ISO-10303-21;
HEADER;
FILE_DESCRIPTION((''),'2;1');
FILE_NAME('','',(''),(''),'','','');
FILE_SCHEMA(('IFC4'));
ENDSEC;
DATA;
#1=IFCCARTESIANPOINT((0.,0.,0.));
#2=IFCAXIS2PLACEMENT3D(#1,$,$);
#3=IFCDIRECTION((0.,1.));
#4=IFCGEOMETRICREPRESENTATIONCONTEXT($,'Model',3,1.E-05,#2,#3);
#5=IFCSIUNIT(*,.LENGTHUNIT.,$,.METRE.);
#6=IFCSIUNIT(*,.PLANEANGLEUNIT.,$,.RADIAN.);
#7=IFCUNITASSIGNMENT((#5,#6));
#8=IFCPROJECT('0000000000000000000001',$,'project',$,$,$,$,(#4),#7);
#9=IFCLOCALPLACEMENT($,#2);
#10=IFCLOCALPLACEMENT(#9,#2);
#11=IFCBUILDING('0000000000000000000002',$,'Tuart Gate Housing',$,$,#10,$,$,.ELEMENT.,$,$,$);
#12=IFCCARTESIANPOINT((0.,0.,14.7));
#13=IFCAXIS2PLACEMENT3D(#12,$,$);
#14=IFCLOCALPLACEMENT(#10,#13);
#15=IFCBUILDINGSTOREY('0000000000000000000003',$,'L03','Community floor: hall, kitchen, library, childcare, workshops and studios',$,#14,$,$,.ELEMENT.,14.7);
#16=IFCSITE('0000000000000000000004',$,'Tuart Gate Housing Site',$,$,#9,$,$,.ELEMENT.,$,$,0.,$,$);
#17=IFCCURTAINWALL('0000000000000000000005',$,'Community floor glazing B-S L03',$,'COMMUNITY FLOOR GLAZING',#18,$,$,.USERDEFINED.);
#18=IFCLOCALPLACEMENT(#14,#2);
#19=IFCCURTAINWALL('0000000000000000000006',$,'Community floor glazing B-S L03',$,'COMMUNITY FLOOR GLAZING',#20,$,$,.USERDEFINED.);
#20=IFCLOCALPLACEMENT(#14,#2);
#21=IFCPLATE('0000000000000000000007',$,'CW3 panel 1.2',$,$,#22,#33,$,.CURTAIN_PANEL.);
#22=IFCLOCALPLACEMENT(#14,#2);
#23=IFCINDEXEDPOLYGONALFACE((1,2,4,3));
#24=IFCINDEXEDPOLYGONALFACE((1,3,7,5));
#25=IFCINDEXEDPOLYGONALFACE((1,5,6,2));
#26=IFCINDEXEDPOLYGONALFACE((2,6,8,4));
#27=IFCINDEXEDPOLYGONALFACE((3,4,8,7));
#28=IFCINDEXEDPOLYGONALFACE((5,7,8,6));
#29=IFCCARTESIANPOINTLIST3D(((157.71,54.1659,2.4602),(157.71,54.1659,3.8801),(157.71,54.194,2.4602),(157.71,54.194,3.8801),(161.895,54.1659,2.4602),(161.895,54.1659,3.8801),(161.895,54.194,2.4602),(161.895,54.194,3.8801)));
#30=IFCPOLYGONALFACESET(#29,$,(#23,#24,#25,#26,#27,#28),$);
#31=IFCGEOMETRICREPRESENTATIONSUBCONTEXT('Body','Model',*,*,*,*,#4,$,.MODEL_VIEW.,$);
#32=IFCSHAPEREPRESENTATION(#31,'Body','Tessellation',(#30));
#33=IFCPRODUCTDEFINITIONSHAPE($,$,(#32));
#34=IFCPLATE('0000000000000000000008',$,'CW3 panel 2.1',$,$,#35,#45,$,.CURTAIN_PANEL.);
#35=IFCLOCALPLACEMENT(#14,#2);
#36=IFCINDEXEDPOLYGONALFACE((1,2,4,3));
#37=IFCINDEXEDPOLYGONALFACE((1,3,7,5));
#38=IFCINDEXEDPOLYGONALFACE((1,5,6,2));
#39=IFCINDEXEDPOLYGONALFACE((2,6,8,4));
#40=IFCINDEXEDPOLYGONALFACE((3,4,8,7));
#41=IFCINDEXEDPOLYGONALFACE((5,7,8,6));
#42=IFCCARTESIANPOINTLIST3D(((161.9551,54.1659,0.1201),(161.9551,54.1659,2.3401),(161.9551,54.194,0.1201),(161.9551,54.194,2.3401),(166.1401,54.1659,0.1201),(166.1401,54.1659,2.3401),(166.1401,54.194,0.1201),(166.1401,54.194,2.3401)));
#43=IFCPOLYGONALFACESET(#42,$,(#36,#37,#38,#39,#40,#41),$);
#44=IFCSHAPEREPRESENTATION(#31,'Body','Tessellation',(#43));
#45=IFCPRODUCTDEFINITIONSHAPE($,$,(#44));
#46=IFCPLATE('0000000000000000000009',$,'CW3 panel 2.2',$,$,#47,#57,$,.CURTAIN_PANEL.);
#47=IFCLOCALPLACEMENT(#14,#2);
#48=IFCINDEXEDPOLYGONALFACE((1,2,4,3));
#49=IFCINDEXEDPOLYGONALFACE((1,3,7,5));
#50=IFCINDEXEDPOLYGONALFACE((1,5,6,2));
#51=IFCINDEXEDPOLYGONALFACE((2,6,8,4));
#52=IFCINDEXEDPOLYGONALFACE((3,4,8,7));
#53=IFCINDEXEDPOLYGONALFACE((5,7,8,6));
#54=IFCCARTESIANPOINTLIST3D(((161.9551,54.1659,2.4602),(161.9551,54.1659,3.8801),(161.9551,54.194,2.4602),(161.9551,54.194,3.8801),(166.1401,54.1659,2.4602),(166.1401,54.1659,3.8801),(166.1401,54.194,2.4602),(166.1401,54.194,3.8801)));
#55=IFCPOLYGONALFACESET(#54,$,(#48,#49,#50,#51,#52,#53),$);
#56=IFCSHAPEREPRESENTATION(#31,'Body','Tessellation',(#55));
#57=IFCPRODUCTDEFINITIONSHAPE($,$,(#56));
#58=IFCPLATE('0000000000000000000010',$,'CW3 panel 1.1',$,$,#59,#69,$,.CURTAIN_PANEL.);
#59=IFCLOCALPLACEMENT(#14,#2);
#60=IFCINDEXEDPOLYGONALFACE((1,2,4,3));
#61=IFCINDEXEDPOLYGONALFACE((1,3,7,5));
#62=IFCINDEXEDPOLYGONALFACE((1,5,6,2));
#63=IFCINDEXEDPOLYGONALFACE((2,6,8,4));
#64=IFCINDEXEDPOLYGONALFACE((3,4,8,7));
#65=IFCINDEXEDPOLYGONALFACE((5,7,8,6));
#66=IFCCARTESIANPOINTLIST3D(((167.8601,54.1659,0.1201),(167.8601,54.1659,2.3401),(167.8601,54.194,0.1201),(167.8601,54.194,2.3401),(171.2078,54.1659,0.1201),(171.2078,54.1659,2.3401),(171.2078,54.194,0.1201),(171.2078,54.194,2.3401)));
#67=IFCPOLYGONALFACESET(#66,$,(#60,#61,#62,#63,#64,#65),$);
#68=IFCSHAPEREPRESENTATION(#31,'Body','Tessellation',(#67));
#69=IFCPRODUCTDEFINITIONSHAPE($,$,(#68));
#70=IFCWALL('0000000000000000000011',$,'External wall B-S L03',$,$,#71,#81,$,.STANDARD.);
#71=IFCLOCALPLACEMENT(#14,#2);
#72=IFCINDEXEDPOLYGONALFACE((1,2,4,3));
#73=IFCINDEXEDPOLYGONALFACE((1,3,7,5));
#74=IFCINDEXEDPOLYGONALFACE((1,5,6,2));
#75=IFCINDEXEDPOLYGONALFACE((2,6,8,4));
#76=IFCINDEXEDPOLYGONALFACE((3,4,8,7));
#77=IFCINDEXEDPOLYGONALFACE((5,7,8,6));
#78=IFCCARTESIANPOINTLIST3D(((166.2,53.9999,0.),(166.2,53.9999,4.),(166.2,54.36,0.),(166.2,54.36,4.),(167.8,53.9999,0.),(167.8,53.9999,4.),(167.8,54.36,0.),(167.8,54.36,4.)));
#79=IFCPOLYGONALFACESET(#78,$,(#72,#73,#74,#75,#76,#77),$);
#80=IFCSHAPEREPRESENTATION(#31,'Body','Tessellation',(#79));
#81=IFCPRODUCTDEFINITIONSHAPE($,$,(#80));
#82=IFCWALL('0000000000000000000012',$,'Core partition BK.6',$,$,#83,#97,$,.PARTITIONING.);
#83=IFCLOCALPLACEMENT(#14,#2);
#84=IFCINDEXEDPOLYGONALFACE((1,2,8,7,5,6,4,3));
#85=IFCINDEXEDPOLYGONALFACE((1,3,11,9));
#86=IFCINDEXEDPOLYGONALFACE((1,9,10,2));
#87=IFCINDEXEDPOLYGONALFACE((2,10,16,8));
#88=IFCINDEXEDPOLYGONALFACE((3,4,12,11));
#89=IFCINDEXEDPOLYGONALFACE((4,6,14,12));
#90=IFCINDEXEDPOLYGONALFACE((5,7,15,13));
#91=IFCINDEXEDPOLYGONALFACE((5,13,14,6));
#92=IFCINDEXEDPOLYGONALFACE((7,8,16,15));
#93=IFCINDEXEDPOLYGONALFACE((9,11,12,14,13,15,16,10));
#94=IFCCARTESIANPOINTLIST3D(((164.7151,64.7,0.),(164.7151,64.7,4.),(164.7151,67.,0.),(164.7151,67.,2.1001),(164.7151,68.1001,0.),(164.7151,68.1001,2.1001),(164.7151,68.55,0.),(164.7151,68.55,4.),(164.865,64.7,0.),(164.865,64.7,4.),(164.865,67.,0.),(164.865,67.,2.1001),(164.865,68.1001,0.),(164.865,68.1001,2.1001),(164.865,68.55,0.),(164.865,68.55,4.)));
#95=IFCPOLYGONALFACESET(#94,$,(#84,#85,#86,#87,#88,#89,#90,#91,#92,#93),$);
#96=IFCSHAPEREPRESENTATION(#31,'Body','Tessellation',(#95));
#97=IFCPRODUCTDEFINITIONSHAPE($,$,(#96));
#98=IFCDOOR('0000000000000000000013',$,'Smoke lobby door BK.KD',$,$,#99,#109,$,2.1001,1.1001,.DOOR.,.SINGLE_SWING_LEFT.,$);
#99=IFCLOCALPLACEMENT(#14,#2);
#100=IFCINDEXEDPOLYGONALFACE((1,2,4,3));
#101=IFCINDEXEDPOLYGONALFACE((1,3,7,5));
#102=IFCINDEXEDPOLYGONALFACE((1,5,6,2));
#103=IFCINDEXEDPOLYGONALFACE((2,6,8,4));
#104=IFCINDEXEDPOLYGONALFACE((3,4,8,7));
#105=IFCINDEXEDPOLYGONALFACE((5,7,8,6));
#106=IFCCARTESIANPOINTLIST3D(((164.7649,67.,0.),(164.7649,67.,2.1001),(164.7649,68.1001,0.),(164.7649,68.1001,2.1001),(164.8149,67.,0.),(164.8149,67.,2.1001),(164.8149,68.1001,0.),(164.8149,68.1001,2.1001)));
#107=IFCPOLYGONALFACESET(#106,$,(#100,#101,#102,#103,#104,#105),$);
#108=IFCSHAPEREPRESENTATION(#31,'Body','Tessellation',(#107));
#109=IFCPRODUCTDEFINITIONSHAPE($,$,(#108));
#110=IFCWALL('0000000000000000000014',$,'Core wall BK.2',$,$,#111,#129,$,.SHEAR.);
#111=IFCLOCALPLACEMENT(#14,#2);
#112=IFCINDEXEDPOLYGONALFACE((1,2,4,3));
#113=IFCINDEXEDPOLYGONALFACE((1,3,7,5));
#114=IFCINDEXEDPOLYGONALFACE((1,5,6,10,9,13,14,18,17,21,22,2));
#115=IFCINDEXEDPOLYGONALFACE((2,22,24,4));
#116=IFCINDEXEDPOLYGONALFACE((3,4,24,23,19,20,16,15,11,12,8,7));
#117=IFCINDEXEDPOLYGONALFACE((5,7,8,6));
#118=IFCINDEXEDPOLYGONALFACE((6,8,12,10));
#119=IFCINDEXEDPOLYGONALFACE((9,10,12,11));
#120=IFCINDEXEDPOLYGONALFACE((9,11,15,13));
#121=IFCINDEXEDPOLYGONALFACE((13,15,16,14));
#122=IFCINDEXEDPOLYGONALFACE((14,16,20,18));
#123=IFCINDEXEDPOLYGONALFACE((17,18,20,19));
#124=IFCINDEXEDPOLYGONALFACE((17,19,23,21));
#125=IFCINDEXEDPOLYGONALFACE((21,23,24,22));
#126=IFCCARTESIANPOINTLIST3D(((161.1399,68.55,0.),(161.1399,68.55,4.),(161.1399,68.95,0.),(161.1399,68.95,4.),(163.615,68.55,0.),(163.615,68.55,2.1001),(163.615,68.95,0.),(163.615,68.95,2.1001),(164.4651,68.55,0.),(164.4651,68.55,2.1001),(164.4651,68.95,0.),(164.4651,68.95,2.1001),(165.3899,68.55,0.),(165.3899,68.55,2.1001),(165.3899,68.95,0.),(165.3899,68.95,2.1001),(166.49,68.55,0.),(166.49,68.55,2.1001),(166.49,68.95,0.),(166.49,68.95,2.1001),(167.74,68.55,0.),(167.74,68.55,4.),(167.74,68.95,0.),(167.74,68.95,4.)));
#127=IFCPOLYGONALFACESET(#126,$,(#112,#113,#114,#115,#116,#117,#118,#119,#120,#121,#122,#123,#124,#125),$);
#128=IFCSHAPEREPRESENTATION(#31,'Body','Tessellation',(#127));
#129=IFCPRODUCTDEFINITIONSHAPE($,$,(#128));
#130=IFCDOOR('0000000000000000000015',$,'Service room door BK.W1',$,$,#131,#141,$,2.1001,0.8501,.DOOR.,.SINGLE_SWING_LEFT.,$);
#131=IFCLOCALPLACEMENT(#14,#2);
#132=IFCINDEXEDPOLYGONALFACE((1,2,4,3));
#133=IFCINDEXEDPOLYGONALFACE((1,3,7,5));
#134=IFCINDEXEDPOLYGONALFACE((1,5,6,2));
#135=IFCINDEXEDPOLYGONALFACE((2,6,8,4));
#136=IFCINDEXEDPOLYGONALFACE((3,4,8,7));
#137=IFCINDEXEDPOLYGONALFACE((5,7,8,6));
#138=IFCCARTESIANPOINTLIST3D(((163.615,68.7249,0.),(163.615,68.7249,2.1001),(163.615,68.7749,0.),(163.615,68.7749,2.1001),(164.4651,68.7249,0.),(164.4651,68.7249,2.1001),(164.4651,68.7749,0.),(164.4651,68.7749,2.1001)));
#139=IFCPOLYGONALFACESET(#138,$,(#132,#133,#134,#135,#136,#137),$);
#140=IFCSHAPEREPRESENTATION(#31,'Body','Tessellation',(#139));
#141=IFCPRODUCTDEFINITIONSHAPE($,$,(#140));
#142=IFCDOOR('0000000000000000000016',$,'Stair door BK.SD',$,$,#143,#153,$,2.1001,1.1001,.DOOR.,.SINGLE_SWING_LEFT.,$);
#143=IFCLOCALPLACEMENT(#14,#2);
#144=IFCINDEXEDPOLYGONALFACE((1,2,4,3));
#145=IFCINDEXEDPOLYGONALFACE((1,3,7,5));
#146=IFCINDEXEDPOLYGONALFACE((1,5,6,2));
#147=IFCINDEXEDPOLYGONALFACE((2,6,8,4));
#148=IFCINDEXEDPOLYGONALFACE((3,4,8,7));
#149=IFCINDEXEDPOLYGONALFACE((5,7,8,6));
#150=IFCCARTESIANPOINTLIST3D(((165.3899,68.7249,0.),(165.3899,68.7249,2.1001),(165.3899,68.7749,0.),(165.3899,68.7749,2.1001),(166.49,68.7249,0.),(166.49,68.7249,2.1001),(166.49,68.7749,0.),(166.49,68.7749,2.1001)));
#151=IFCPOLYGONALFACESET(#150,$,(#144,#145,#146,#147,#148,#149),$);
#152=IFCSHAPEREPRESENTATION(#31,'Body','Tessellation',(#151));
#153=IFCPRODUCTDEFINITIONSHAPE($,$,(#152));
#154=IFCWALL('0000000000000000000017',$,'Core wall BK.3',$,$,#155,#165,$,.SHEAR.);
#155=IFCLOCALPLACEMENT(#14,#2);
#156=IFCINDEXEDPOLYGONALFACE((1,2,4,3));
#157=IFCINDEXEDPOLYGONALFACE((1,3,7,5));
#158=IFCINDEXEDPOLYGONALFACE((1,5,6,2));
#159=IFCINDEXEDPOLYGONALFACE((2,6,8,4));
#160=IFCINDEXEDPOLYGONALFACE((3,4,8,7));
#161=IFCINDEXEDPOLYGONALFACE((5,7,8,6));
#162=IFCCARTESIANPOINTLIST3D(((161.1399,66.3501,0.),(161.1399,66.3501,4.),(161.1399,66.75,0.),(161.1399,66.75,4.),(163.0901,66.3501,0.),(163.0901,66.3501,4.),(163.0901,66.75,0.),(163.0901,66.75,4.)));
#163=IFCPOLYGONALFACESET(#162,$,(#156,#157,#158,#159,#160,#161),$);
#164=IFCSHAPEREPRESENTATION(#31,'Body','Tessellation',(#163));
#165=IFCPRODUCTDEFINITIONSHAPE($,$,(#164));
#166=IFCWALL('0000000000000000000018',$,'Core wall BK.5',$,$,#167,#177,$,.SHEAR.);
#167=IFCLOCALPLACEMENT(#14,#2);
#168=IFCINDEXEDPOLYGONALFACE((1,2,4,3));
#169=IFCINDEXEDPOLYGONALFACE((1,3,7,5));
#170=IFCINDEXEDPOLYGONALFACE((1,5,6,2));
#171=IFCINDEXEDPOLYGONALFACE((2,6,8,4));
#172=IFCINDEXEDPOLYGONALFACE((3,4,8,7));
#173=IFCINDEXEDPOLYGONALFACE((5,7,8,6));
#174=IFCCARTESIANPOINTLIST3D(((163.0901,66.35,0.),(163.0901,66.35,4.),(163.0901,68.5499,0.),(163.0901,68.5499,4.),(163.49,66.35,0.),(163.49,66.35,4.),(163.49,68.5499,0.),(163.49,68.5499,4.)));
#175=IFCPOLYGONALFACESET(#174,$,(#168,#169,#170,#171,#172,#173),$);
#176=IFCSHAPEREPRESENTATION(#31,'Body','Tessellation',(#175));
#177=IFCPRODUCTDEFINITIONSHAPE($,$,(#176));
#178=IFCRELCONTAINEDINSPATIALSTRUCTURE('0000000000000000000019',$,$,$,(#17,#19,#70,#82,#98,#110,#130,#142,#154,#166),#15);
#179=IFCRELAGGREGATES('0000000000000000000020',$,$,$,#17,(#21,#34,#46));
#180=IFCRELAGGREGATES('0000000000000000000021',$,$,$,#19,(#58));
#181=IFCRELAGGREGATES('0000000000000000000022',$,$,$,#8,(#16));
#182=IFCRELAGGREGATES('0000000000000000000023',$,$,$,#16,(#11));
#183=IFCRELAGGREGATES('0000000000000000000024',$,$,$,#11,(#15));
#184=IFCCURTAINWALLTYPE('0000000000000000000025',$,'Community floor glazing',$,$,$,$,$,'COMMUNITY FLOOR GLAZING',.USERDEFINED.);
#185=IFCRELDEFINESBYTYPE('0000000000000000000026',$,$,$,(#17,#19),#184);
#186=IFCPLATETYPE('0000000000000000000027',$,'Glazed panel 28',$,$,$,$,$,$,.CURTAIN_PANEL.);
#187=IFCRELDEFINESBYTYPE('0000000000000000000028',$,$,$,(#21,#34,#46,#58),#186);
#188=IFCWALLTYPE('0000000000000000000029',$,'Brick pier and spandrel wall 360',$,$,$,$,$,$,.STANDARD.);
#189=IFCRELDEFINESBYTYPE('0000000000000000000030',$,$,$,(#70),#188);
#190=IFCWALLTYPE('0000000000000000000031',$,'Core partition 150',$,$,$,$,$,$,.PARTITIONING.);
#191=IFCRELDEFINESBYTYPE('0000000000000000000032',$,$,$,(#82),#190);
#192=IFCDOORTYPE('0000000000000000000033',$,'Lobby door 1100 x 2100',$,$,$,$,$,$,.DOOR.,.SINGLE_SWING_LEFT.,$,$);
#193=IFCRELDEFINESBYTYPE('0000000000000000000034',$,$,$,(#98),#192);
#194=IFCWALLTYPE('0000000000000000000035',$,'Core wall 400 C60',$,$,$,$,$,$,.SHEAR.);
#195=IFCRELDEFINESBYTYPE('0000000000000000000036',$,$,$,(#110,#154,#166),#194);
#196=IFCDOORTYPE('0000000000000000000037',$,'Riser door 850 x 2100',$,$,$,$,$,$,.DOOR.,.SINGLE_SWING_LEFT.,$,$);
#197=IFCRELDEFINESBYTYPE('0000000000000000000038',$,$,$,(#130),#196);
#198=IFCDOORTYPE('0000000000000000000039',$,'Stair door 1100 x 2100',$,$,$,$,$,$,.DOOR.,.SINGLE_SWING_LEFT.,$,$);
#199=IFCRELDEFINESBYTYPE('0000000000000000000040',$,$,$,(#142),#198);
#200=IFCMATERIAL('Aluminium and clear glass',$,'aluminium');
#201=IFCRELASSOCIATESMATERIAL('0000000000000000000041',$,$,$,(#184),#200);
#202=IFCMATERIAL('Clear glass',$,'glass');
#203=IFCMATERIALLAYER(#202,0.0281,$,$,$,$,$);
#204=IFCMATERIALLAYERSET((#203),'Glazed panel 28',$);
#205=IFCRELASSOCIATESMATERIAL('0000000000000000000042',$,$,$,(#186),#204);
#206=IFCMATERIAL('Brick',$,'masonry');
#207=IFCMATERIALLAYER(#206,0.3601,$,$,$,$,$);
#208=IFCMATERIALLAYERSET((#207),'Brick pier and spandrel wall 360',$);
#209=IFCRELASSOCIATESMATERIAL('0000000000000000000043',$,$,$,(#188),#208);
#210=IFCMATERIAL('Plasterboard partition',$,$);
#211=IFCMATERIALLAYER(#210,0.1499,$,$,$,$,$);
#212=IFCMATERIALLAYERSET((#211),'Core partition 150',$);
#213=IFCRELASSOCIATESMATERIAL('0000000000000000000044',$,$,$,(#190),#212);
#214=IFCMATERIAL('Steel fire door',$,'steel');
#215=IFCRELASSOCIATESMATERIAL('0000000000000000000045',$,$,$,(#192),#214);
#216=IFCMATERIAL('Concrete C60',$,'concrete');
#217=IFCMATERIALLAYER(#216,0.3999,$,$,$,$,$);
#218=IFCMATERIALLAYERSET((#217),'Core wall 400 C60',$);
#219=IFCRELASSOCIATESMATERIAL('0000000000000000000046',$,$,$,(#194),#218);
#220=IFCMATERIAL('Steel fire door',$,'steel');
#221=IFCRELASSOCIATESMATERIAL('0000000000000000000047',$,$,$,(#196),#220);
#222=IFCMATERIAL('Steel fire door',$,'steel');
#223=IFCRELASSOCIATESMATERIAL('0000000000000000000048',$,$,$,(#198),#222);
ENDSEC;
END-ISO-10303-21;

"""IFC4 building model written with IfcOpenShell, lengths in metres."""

from ifc_helpers import new_model, si_unit, direction, frame, frame_2d, origin, origin_2d, place, context, subcontext, project, spatial, rectangle, extrude, material, layer, layer_set, type_object, element, fill, aggregate, save


model = new_model("IFC4")

# Units and contexts
model_context = context("Model", 3, precision=1e-05, world=origin(), true_north=direction((0.0, 1.0)))
body_context = subcontext(model_context, "Body", "Model", "MODEL_VIEW")
ifc_project = project(units=[si_unit("LENGTHUNIT", "METRE"), si_unit("PLANEANGLEUNIT", "RADIAN")], contexts=[model_context])

# Site, building, storey
site_placement = place(None, origin())
site = spatial("IfcSite", under=ifc_project, at=site_placement, Name="Tuart Gate Housing Site", CompositionType="ELEMENT", RefElevation=0.0)
building_placement = place(site_placement, origin())
building = spatial("IfcBuilding", under=site, at=building_placement, Name="Tuart Gate Housing", CompositionType="ELEMENT")
storey_placement = place(building_placement, frame((0.0, 0.0, 14.7)))
storey = spatial("IfcBuildingStorey", under=building, at=storey_placement, Name="L03", Description="Community floor: hall, kitchen, library, childcare, workshops and studios", CompositionType="ELEMENT", Elevation=14.7)

# Curtain wall
ifc_material_1 = material(Name="Aluminium and clear glass", Category="aluminium")
curtain_wall_type = type_object("IfcCurtainWallType", Name="Community floor glazing", ElementType="COMMUNITY FLOOR GLAZING", PredefinedType="USERDEFINED", material=ifc_material_1)
curtain_wall_1_placement = place(storey_placement, origin())
curtain_wall_1 = element("IfcCurtainWall", 1, at=curtain_wall_1_placement, inside=storey, type_object=curtain_wall_type, Name="Community floor glazing B-S L03", ObjectType="COMMUNITY FLOOR GLAZING", PredefinedType="USERDEFINED")

# Curtain wall
curtain_wall_2_placement = place(storey_placement, origin())
curtain_wall_2 = element("IfcCurtainWall", 2, at=curtain_wall_2_placement, inside=storey, type_object=curtain_wall_type, Name="Community floor glazing B-S L03", ObjectType="COMMUNITY FLOOR GLAZING", PredefinedType="USERDEFINED")

# Plates
ifc_material_2 = material(Name="Clear glass", Category="glass")
ifc_layer_1 = layer(ifc_material_2, 0.0281)
ifc_layer_set_1 = layer_set([ifc_layer_1], Name="Glazed panel 28")
plate_type = type_object("IfcPlateType", Name="Glazed panel 28", PredefinedType="CURTAIN_PANEL", material=ifc_layer_set_1)
plate_1_placement = place(storey_placement, frame((159.8025, 54.1799, 2.4602), z_axis=(0.0, 0.0, 1.0), x_axis=(1.0, 0.0, 0.0)))
plate_1 = element("IfcPlate", 3, at=plate_1_placement, type_object=plate_type, Name="CW3 panel 1.2", PredefinedType="CURTAIN_PANEL", context=body_context, shape_type="SweptSolid", body=[
    extrude(rectangle(XDim=4.1851, YDim=0.0281, at=origin_2d()), origin(), (0.0, 0.0, 1.0), 1.4199),
])
plate_2_placement = place(storey_placement, frame((164.0476, 54.1799, 0.1201), z_axis=(0.0, 0.0, 1.0), x_axis=(1.0, 0.0, 0.0)))
plate_2 = element("IfcPlate", 4, at=plate_2_placement, type_object=plate_type, Name="CW3 panel 2.1", PredefinedType="CURTAIN_PANEL", context=body_context, shape_type="SweptSolid", body=[
    extrude(rectangle(XDim=4.1851, YDim=0.0281, at=origin_2d()), origin(), (0.0, 0.0, 1.0), 2.22),
])
plate_3_placement = place(storey_placement, frame((164.0476, 54.1799, 2.4602), z_axis=(0.0, 0.0, 1.0), x_axis=(1.0, 0.0, 0.0)))
plate_3 = element("IfcPlate", 5, at=plate_3_placement, type_object=plate_type, Name="CW3 panel 2.2", PredefinedType="CURTAIN_PANEL", context=body_context, shape_type="SweptSolid", body=[
    extrude(rectangle(XDim=4.1851, YDim=0.0281, at=origin_2d()), origin(), (0.0, 0.0, 1.0), 1.4199),
])
aggregate(curtain_wall_1, [plate_1, plate_2, plate_3])
plate_4_placement = place(storey_placement, frame((169.5339, 54.1799, 0.1201), z_axis=(0.0, 0.0, 1.0), x_axis=(1.0, 0.0, 0.0)))
plate_4 = element("IfcPlate", 6, at=plate_4_placement, type_object=plate_type, Name="CW3 panel 1.1", PredefinedType="CURTAIN_PANEL", context=body_context, shape_type="SweptSolid", body=[
    extrude(rectangle(XDim=3.3477, YDim=0.0281, at=origin_2d()), origin(), (0.0, 0.0, 1.0), 2.22),
])
aggregate(curtain_wall_2, [plate_4])

# Wall
ifc_material_3 = material(Name="Brick", Category="masonry")
ifc_layer_2 = layer(ifc_material_3, 0.3601)
ifc_layer_set_2 = layer_set([ifc_layer_2], Name="Brick pier and spandrel wall 360")
wall_type_1 = type_object("IfcWallType", Name="Brick pier and spandrel wall 360", PredefinedType="STANDARD", material=ifc_layer_set_2)
wall_1_placement = place(storey_placement, frame((166.2, 54.1799, 0.0), z_axis=(0.0, 0.0, 1.0), x_axis=(1.0, 0.0, 0.0)))
element("IfcWall", 7, at=wall_1_placement, inside=storey, type_object=wall_type_1, Name="External wall B-S L03", PredefinedType="STANDARD", context=body_context, shape_type="SweptSolid", body=[
    extrude(rectangle(XDim=1.6001, YDim=0.3601, at=frame_2d((0.8, 0.0))), origin(), (0.0, 0.0, 1.0), 4.0),
])

# Wall, opening, door
ifc_material_4 = material(Name="Plasterboard partition")
ifc_layer_3 = layer(ifc_material_4, 0.1499)
ifc_layer_set_3 = layer_set([ifc_layer_3], Name="Core partition 150")
wall_type_2 = type_object("IfcWallType", Name="Core partition 150", PredefinedType="PARTITIONING", material=ifc_layer_set_3)
wall_2_placement = place(storey_placement, frame((164.79, 68.55, 0.0), z_axis=(0.0, 0.0, 1.0), x_axis=(0.0, -1.0, 0.0)))
wall_2 = element("IfcWall", 8, at=wall_2_placement, inside=storey, type_object=wall_type_2, Name="Core partition BK.6", PredefinedType="PARTITIONING", context=body_context, shape_type="SweptSolid", body=[
    extrude(rectangle(XDim=3.8501, YDim=0.1499, at=frame_2d((1.925, 0.0))), origin(), (0.0, 0.0, 1.0), 4.0),
])
opening_1_placement = place(wall_2_placement, frame((0.45, 0.0, 0.0)))
opening_1 = element("IfcOpeningElement", 9, at=opening_1_placement, cuts=wall_2, PredefinedType="OPENING", context=body_context, shape_type="SweptSolid", body=[
    extrude(rectangle(XDim=1.1001, YDim=2.1001, at=frame_2d((0.55, 1.05))), frame((0.0, 0.085, 0.0), z_axis=(0.0, -1.0, 0.0), x_axis=(1.0, 0.0, 0.0)), (0.0, 0.0, 1.0), 0.1699),
])
ifc_material_5 = material(Name="Steel fire door", Category="steel")
door_type_1 = type_object("IfcDoorType", Name="Lobby door 1100 x 2100", OperationType="SINGLE_SWING_LEFT", PredefinedType="DOOR", material=ifc_material_5)
door_1_placement = place(opening_1_placement, origin())
door_1 = element("IfcDoor", 10, at=door_1_placement, inside=storey, type_object=door_type_1, Name="Smoke lobby door BK.KD", OperationType="SINGLE_SWING_LEFT", OverallHeight=2.1001, OverallWidth=1.1001, PredefinedType="DOOR", context=body_context, shape_type="SweptSolid", body=[
    extrude(rectangle(XDim=1.1001, YDim=2.1001, at=frame_2d((0.55, 1.05))), frame((0.0, 0.0249, 0.0), z_axis=(0.0, -1.0, 0.0), x_axis=(1.0, 0.0, 0.0)), (0.0, 0.0, 1.0), 0.05),
])
fill(opening_1, door_1)

# Wall, openings, doors
ifc_material_6 = material(Name="Concrete C60", Category="concrete")
ifc_layer_4 = layer(ifc_material_6, 0.3999)
ifc_layer_set_4 = layer_set([ifc_layer_4], Name="Core wall 400 C60")
wall_type_3 = type_object("IfcWallType", Name="Core wall 400 C60", PredefinedType="SHEAR", material=ifc_layer_set_4)
wall_3_placement = place(storey_placement, frame((161.1399, 68.75, 0.0), z_axis=(0.0, 0.0, 1.0), x_axis=(1.0, 0.0, 0.0)))
wall_3 = element("IfcWall", 11, at=wall_3_placement, inside=storey, type_object=wall_type_3, Name="Core wall BK.2", PredefinedType="SHEAR", context=body_context, shape_type="SweptSolid", body=[
    extrude(rectangle(XDim=6.6001, YDim=0.3999, at=frame_2d((3.3, 0.0))), origin(), (0.0, 0.0, 1.0), 4.0),
])
opening_2_placement = place(wall_3_placement, frame((4.25, 0.0, 0.0)))
opening_2 = element("IfcOpeningElement", 12, at=opening_2_placement, cuts=wall_3, PredefinedType="OPENING", context=body_context, shape_type="SweptSolid", body=[
    extrude(rectangle(XDim=1.1001, YDim=2.1001, at=frame_2d((0.55, 1.05))), frame((0.0, 0.21, 0.0), z_axis=(0.0, -1.0, 0.0), x_axis=(1.0, 0.0, 0.0)), (0.0, 0.0, 1.0), 0.4199),
])
opening_3_placement = place(wall_3_placement, frame((2.4751, 0.0, 0.0)))
opening_3 = element("IfcOpeningElement", 13, at=opening_3_placement, cuts=wall_3, PredefinedType="OPENING", context=body_context, shape_type="SweptSolid", body=[
    extrude(rectangle(XDim=0.8501, YDim=2.1001, at=frame_2d((0.425, 1.05))), frame((0.0, 0.21, 0.0), z_axis=(0.0, -1.0, 0.0), x_axis=(1.0, 0.0, 0.0)), (0.0, 0.0, 1.0), 0.4199),
])
ifc_material_7 = material(Name="Steel fire door", Category="steel")
door_type_2 = type_object("IfcDoorType", Name="Riser door 850 x 2100", OperationType="SINGLE_SWING_LEFT", PredefinedType="DOOR", material=ifc_material_7)
door_2_placement = place(opening_3_placement, origin())
door_2 = element("IfcDoor", 14, at=door_2_placement, inside=storey, type_object=door_type_2, Name="Service room door BK.W1", OperationType="SINGLE_SWING_LEFT", OverallHeight=2.1001, OverallWidth=0.8501, PredefinedType="DOOR", context=body_context, shape_type="SweptSolid", body=[
    extrude(rectangle(XDim=0.8501, YDim=2.1001, at=frame_2d((0.425, 1.05))), frame((0.0, 0.0249, 0.0), z_axis=(0.0, -1.0, 0.0), x_axis=(1.0, 0.0, 0.0)), (0.0, 0.0, 1.0), 0.05),
])
fill(opening_3, door_2)
ifc_material_8 = material(Name="Steel fire door", Category="steel")
door_type_3 = type_object("IfcDoorType", Name="Stair door 1100 x 2100", OperationType="SINGLE_SWING_LEFT", PredefinedType="DOOR", material=ifc_material_8)
door_3_placement = place(opening_2_placement, origin())
door_3 = element("IfcDoor", 15, at=door_3_placement, inside=storey, type_object=door_type_3, Name="Stair door BK.SD", OperationType="SINGLE_SWING_LEFT", OverallHeight=2.1001, OverallWidth=1.1001, PredefinedType="DOOR", context=body_context, shape_type="SweptSolid", body=[
    extrude(rectangle(XDim=1.1001, YDim=2.1001, at=frame_2d((0.55, 1.05))), frame((0.0, 0.0249, 0.0), z_axis=(0.0, -1.0, 0.0), x_axis=(1.0, 0.0, 0.0)), (0.0, 0.0, 1.0), 0.05),
])
fill(opening_2, door_3)

# Walls
wall_4_placement = place(storey_placement, frame((161.1399, 66.55, 0.0), z_axis=(0.0, 0.0, 1.0), x_axis=(1.0, 0.0, 0.0)))
element("IfcWall", 16, at=wall_4_placement, inside=storey, type_object=wall_type_3, Name="Core wall BK.3", PredefinedType="SHEAR", context=body_context, shape_type="SweptSolid", body=[
    extrude(rectangle(XDim=1.9502, YDim=0.3999, at=frame_2d((0.9751, 0.0))), origin(), (0.0, 0.0, 1.0), 4.0),
])
wall_5_placement = place(storey_placement, frame((163.29, 68.55, 0.0), z_axis=(0.0, 0.0, 1.0), x_axis=(0.0, -1.0, 0.0)))
element("IfcWall", 17, at=wall_5_placement, inside=storey, type_object=wall_type_3, Name="Core wall BK.5", PredefinedType="SHEAR", context=body_context, shape_type="SweptSolid", body=[
    extrude(rectangle(XDim=2.2, YDim=0.3999, at=frame_2d((1.1001, 0.0))), origin(), (0.0, 0.0, 1.0), 4.0),
])

save(model, "model.ifc")
